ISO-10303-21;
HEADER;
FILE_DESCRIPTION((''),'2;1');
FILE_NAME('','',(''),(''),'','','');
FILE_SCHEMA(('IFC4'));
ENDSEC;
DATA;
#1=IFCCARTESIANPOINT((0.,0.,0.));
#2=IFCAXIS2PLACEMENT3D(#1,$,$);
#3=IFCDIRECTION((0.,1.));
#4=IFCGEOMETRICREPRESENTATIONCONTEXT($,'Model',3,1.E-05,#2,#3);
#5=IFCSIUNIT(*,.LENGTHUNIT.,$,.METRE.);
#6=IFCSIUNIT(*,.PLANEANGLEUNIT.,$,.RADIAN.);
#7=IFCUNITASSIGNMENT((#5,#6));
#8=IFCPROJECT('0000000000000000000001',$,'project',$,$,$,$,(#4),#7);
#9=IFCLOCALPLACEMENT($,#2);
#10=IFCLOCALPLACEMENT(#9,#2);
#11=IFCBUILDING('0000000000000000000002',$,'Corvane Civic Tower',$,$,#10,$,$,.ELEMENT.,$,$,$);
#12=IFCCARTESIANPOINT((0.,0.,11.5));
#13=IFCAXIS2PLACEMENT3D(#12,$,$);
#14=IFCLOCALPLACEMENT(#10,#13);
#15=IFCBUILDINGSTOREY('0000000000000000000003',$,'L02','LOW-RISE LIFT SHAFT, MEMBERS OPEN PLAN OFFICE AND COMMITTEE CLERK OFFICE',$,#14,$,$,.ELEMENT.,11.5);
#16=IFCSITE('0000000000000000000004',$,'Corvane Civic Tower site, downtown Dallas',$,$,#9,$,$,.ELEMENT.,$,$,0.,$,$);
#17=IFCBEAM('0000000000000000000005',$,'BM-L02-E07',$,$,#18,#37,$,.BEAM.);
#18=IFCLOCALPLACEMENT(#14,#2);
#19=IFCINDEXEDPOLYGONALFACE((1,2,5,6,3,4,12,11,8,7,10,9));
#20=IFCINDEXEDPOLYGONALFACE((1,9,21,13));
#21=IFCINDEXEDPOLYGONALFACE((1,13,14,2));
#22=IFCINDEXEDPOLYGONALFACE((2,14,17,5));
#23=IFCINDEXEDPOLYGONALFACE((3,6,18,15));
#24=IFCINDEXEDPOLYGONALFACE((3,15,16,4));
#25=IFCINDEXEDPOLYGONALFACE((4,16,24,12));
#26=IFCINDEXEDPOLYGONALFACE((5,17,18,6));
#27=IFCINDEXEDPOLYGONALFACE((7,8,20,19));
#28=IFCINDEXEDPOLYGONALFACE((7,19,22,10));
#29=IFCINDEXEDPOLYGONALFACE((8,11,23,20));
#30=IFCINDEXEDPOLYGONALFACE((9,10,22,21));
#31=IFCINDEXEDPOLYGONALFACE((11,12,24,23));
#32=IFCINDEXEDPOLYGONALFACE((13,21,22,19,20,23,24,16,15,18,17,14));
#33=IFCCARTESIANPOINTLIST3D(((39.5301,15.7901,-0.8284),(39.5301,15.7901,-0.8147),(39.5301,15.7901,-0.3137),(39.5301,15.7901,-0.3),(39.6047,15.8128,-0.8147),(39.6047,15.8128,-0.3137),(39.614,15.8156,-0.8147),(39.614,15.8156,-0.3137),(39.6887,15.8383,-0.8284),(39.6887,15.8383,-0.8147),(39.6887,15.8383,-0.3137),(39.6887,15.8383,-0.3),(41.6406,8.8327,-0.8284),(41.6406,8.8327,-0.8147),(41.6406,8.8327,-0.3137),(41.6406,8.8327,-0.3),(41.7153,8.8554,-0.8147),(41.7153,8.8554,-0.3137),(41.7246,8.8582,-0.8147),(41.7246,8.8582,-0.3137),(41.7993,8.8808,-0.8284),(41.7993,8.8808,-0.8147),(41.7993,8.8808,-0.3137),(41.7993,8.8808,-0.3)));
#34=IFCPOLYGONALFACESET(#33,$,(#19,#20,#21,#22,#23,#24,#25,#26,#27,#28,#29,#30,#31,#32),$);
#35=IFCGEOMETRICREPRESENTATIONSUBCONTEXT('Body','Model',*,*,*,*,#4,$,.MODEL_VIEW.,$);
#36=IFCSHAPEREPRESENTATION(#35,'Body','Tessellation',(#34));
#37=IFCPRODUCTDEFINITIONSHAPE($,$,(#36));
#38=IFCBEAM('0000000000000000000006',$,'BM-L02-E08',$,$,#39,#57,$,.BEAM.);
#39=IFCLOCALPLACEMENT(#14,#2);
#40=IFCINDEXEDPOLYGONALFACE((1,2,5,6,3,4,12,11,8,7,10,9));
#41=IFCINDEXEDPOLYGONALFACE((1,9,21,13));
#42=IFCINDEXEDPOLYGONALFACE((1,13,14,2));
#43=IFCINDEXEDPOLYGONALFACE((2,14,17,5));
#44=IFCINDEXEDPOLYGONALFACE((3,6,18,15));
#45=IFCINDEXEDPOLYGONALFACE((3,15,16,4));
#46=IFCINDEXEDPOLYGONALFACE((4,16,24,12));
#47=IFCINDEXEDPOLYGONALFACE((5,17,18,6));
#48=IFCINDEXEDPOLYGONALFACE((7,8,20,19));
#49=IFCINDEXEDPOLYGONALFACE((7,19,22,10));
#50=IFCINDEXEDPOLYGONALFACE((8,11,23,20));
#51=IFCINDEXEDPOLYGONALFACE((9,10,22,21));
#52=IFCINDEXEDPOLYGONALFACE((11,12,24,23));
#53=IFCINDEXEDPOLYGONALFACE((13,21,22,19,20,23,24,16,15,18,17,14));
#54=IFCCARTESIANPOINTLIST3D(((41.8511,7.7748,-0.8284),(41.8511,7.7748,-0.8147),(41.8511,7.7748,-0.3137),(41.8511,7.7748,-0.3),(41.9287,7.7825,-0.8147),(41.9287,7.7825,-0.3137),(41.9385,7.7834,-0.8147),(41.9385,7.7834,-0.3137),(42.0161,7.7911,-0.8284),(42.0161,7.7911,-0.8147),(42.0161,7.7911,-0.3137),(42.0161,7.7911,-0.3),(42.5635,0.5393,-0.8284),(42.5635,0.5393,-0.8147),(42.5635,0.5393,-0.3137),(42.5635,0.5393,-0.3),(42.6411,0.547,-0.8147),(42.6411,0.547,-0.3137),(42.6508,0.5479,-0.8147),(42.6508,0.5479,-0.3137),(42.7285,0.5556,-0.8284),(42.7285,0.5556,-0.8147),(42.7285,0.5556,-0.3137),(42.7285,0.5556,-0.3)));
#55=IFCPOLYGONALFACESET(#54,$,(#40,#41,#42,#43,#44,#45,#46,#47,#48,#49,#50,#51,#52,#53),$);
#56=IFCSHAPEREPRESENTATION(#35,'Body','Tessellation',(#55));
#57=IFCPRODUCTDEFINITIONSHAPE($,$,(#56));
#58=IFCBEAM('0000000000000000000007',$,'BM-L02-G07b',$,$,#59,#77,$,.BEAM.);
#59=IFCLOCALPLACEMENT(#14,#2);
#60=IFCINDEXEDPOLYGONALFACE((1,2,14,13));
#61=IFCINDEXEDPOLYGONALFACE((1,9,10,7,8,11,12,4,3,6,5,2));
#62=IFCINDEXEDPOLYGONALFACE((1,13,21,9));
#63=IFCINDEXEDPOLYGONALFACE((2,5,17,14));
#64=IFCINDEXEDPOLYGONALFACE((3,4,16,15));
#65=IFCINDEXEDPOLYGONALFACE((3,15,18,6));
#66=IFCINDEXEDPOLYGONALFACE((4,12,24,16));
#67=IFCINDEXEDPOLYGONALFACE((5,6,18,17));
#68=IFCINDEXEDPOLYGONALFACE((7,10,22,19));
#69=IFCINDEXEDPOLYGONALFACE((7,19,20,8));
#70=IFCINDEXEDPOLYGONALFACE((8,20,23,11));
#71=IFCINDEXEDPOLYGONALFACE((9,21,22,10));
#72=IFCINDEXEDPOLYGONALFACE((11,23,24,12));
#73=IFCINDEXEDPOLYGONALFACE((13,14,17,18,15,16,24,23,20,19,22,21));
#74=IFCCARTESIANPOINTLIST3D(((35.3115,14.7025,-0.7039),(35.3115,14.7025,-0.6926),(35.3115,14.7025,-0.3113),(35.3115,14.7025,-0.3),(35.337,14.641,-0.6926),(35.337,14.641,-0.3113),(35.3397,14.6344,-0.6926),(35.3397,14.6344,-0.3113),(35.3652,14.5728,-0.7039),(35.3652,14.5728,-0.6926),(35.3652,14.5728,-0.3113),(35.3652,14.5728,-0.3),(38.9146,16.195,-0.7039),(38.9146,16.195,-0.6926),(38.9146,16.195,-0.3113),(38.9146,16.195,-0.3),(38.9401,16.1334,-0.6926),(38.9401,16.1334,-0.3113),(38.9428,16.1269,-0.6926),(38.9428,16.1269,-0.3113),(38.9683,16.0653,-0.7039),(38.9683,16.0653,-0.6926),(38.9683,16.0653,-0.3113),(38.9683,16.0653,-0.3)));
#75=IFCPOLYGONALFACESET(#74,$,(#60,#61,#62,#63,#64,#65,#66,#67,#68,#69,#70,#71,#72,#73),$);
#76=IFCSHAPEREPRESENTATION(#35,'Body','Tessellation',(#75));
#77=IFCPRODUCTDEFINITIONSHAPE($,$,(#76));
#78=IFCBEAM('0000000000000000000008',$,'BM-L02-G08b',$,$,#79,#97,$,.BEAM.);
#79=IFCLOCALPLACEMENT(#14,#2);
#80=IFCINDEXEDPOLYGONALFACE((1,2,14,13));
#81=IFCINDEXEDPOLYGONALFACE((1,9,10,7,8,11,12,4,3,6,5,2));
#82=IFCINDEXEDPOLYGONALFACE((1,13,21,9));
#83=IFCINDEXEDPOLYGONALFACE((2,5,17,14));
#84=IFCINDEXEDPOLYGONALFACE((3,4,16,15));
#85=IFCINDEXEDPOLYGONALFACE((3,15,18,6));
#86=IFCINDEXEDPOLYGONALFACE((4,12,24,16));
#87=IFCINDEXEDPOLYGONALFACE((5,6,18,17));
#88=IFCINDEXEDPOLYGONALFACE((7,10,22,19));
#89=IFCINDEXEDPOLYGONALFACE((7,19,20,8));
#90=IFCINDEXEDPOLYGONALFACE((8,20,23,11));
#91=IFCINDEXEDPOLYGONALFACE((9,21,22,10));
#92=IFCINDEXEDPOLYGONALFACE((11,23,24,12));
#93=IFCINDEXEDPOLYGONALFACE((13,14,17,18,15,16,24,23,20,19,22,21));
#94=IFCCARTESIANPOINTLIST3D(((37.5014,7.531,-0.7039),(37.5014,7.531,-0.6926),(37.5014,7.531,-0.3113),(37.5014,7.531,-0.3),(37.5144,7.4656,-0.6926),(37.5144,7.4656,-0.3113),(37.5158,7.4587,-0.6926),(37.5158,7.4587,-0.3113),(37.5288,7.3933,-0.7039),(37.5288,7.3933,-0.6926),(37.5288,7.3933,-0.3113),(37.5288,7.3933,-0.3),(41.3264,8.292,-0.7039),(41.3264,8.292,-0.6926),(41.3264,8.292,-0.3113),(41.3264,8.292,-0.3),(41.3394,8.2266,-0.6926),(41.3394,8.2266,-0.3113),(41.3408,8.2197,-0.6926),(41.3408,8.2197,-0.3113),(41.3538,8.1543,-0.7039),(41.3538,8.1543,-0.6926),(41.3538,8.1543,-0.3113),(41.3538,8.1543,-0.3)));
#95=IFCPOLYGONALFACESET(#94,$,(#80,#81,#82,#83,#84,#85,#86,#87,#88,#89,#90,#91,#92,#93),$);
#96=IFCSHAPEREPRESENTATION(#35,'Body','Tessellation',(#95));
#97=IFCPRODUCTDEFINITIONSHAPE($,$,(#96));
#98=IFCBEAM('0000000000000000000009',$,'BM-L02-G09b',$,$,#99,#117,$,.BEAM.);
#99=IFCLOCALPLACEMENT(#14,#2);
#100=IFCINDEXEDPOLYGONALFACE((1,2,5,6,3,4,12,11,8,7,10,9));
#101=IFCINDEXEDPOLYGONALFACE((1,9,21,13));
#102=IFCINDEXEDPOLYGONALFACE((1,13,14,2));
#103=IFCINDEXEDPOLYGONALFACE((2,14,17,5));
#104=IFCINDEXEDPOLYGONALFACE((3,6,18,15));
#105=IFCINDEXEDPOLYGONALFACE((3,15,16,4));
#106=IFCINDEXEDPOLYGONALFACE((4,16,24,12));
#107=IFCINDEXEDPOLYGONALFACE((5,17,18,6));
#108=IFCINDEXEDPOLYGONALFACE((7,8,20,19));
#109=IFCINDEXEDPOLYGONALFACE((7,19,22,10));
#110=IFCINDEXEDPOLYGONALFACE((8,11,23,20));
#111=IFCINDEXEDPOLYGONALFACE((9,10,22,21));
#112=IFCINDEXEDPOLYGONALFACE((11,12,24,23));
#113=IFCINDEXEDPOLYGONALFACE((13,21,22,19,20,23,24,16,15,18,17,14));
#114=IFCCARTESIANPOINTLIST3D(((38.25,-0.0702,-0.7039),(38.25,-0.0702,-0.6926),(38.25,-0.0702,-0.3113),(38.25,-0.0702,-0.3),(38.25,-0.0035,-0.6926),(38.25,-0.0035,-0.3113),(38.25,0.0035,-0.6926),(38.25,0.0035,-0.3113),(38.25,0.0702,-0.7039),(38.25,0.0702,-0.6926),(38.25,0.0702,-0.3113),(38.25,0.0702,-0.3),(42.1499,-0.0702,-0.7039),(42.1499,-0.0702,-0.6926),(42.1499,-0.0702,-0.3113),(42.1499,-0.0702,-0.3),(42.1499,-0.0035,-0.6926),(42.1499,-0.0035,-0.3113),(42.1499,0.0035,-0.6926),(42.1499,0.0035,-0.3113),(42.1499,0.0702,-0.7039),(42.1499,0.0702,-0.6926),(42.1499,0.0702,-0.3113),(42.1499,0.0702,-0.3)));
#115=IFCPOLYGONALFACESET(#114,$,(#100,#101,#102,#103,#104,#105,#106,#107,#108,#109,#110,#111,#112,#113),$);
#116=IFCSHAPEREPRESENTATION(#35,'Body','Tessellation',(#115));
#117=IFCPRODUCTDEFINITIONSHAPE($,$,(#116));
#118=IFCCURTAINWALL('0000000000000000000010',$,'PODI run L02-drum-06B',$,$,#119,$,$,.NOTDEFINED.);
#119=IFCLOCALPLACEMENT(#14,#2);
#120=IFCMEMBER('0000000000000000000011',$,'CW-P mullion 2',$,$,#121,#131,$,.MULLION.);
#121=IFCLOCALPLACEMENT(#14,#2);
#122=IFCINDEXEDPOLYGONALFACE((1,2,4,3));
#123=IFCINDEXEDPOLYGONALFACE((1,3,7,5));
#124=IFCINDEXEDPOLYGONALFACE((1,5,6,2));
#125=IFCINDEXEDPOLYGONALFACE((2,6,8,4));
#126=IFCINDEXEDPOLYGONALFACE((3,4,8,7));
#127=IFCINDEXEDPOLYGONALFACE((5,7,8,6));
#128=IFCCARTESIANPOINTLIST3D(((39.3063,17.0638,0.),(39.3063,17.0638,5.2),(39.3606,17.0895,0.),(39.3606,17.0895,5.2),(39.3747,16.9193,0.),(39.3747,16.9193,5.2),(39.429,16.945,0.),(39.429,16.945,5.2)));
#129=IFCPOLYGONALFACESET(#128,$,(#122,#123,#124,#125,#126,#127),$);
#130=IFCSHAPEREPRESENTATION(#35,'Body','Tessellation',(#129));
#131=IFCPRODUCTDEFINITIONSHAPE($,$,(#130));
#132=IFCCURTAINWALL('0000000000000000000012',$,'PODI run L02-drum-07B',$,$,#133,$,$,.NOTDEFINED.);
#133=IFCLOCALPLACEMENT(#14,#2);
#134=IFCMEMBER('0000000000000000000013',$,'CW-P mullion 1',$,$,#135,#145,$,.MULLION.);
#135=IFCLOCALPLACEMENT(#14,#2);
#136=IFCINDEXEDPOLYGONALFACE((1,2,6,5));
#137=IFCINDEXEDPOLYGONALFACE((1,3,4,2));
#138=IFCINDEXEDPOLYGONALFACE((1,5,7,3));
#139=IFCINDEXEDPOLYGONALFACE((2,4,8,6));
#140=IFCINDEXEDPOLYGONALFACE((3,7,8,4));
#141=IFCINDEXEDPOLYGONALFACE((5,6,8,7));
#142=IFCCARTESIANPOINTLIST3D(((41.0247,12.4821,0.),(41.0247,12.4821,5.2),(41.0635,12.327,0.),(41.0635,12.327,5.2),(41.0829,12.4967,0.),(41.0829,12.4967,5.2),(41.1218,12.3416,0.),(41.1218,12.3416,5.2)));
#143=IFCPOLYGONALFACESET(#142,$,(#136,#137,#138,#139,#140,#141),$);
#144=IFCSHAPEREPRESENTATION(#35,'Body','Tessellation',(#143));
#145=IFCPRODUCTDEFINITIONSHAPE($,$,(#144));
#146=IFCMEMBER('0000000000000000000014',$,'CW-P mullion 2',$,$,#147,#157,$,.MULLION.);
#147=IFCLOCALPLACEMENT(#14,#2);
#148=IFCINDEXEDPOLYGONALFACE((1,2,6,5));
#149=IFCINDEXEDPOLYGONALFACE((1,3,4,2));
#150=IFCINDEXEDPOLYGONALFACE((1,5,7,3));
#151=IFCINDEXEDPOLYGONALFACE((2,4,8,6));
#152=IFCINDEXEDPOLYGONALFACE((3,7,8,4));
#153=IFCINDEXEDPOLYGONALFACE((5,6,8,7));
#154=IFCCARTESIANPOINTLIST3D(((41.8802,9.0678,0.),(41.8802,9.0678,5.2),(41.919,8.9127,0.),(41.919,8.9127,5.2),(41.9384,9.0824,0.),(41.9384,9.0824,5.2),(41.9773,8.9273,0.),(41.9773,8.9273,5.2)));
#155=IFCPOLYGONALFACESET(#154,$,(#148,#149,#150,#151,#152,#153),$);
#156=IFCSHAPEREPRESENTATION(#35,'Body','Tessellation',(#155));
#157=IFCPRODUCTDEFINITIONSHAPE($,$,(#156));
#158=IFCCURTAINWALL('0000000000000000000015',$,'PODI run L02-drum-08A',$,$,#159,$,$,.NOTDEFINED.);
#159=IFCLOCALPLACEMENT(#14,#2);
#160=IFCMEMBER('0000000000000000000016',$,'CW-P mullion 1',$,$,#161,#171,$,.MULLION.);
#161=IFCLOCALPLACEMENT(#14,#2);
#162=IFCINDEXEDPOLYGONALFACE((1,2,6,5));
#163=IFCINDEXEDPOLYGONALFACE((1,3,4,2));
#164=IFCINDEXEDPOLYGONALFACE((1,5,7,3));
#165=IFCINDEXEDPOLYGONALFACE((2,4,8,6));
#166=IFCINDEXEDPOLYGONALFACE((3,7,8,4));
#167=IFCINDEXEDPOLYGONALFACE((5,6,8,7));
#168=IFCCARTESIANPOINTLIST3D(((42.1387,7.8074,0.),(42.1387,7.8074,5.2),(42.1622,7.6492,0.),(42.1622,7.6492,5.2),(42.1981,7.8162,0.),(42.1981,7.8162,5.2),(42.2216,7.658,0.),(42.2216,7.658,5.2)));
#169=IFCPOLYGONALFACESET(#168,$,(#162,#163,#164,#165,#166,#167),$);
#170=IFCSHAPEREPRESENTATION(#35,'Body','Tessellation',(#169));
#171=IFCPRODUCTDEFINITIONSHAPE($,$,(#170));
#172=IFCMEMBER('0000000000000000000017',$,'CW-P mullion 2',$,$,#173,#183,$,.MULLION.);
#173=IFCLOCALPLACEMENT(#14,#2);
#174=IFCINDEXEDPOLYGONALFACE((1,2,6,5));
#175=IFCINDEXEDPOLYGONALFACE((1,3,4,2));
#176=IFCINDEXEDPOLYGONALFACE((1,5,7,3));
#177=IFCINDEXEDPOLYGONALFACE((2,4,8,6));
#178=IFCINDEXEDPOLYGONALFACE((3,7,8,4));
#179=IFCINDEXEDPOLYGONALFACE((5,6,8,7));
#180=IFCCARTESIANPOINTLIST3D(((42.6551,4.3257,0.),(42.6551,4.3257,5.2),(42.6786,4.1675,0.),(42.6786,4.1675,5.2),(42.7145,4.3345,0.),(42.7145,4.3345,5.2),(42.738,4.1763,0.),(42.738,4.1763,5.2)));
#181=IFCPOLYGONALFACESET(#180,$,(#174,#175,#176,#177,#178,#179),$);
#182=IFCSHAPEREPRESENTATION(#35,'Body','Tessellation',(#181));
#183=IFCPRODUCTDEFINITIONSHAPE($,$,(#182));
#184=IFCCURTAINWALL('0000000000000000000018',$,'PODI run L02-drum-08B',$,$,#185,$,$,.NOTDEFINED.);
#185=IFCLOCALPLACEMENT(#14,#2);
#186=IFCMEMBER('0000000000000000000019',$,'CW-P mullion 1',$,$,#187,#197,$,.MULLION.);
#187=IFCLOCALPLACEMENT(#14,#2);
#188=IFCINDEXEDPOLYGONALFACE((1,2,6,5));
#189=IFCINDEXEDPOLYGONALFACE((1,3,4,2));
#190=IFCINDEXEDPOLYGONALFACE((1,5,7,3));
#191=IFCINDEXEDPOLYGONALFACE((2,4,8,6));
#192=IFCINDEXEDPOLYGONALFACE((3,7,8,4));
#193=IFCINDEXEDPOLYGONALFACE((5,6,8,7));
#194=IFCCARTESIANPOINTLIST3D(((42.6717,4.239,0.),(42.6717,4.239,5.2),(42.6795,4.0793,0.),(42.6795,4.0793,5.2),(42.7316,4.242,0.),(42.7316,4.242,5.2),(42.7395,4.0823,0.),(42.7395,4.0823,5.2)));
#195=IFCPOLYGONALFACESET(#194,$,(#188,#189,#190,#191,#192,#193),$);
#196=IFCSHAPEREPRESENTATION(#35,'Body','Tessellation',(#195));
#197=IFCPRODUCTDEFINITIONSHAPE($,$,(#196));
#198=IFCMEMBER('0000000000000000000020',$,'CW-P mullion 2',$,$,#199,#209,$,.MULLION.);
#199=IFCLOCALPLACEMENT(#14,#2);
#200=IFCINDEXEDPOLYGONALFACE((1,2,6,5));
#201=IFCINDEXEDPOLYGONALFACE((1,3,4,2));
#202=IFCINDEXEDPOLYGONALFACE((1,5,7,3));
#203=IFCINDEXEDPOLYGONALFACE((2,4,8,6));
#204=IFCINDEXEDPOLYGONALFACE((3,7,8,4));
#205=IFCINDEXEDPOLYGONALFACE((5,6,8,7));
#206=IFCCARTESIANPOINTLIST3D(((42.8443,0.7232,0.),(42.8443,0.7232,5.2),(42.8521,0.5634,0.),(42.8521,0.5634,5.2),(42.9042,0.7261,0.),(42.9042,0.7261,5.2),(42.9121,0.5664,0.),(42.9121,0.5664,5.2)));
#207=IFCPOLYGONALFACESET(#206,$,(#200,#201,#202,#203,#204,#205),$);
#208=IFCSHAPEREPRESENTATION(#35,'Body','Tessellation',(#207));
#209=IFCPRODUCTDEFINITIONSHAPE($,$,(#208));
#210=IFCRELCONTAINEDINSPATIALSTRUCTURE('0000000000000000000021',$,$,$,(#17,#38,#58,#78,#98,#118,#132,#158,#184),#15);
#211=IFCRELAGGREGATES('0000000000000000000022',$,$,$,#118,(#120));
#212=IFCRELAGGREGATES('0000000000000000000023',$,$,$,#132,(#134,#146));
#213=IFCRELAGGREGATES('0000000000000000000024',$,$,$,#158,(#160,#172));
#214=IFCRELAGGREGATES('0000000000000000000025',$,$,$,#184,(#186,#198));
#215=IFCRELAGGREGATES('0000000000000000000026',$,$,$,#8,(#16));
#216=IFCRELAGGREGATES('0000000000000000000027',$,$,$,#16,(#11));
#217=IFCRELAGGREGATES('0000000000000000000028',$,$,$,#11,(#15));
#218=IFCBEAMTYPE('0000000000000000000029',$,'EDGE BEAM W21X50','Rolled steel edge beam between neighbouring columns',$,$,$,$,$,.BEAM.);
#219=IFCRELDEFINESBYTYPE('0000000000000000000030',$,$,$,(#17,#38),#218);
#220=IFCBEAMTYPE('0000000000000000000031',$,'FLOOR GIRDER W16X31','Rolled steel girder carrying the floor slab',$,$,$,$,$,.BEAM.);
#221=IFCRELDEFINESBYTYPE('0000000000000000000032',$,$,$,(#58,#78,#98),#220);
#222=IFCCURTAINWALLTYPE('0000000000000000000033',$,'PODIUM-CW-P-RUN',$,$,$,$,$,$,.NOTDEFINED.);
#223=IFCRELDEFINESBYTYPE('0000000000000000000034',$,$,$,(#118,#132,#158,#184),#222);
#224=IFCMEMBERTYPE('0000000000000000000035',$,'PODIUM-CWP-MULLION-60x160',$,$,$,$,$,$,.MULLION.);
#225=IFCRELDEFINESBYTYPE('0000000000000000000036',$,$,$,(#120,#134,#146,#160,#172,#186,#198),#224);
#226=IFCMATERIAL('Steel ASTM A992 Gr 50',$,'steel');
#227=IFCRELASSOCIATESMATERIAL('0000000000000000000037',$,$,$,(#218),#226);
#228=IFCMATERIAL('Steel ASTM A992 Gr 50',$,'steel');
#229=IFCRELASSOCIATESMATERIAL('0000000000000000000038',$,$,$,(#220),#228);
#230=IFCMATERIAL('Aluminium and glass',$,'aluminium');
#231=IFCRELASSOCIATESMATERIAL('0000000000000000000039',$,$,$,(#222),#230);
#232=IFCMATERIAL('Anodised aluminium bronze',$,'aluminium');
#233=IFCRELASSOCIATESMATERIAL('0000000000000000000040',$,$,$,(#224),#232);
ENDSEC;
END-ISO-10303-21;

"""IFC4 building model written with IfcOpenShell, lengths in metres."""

from ifc_helpers import new_model, si_unit, direction, frame, origin, origin_2d, place, context, subcontext, project, spatial, rectangle, i_section, extrude, material, material_profile, profile_set, type_object, element, aggregate, save


model = new_model("IFC4")

# Units and contexts
model_context = context("Model", 3, precision=1e-05, world=origin(), true_north=direction((0.0, 1.0)))
body_context = subcontext(model_context, "Body", "Model", "MODEL_VIEW")
ifc_project = project(units=[si_unit("LENGTHUNIT", "METRE"), si_unit("PLANEANGLEUNIT", "RADIAN")], contexts=[model_context])

# Site, building, storey
site_placement = place(None, origin())
site = spatial("IfcSite", under=ifc_project, at=site_placement, Name="Corvane Civic Tower site, downtown Dallas", CompositionType="ELEMENT", RefElevation=0.0)
building_placement = place(site_placement, origin())
building = spatial("IfcBuilding", under=site, at=building_placement, Name="Corvane Civic Tower", CompositionType="ELEMENT")
storey_placement = place(building_placement, frame((0.0, 0.0, 11.5)))
storey = spatial("IfcBuildingStorey", under=building, at=storey_placement, Name="L02", Description="LOW-RISE LIFT SHAFT, MEMBERS OPEN PLAN OFFICE AND COMMITTEE CLERK OFFICE", CompositionType="ELEMENT", Elevation=11.5)

# Beams
ifc_material_1 = material(Name="Steel ASTM A992 Gr 50", Category="steel")
ifc_material_profile_1 = material_profile(ifc_material_1, i_section(OverallWidth=0.1658, OverallDepth=0.5283, WebThickness=0.0098, FlangeThickness=0.0137, at=origin_2d()), Name="W21X50")
ifc_profile_set_1 = profile_set([ifc_material_profile_1], Name="Steel ASTM A992 Gr 50")
beam_type_1 = type_object("IfcBeamType", Name="EDGE BEAM W21X50", Description="Rolled steel edge beam between neighbouring columns", PredefinedType="BEAM", material=ifc_profile_set_1)
for number, where, z_axis, x_axis, name in (
    (1, (39.6094, 15.8142, -0.5642), (0.290292, -0.956938, 0.0), (0.956938, 0.290292, 0.0), "BM-L02-E07"),
    (2, (41.9336, 7.783, -0.5642), (0.097984, -0.995188, 0.0), (0.995188, 0.097984, 0.0), "BM-L02-E08"),
):
    element("IfcBeam", number, at=place(storey_placement, frame(where, z_axis=z_axis, x_axis=x_axis)), inside=storey, type_object=beam_type_1, Name=name, PredefinedType="BEAM", context=body_context, shape_type="SweptSolid", body=[
        extrude(i_section(OverallWidth=0.1658, OverallDepth=0.5283, WebThickness=0.0098, FlangeThickness=0.0137, at=origin_2d()), origin(), (0.0, 0.0, 1.0), 7.2705),
    ])
ifc_material_2 = material(Name="Steel ASTM A992 Gr 50", Category="steel")
ifc_material_profile_2 = material_profile(ifc_material_2, i_section(OverallWidth=0.1404, OverallDepth=0.4038, WebThickness=0.0071, FlangeThickness=0.0112, at=origin_2d()), Name="W16X31")
ifc_profile_set_2 = profile_set([ifc_material_profile_2], Name="Steel ASTM A992 Gr 50")
beam_type_2 = type_object("IfcBeamType", Name="FLOOR GIRDER W16X31", Description="Rolled steel girder carrying the floor slab", PredefinedType="BEAM", material=ifc_profile_set_2)
for number, where, z_axis, x_axis, name in (
    (3, (35.3384, 14.6377, -0.502), (0.923879, 0.382685, 0.0), (-0.382685, 0.923879, 0.0), "BM-L02-G07b"),
    (4, (37.5151, 7.4622, -0.502), (0.980778, 0.195129, 0.0), (-0.195129, 0.980778, 0.0), "BM-L02-G08b"),
    (5, (38.25, 0.0, -0.502), (1.0, 0.0, 0.0), (0.0, 1.0, 0.0), "BM-L02-G09b"),
):
    element("IfcBeam", number, at=place(storey_placement, frame(where, z_axis=z_axis, x_axis=x_axis)), inside=storey, type_object=beam_type_2, Name=name, PredefinedType="BEAM", context=body_context, shape_type="SweptSolid", body=[
        extrude(i_section(OverallWidth=0.1404, OverallDepth=0.4038, WebThickness=0.0071, FlangeThickness=0.0112, at=origin_2d()), origin(), (0.0, 0.0, 1.0), 3.8999),
    ])

# Curtain wall, member
ifc_material_3 = material(Name="Aluminium and glass", Category="aluminium")
curtain_wall_type = type_object("IfcCurtainWallType", Name="PODIUM-CW-P-RUN", PredefinedType="NOTDEFINED", material=ifc_material_3)
curtain_wall_1_placement = place(storey_placement, origin())
curtain_wall_1 = element("IfcCurtainWall", 6, at=curtain_wall_1_placement, inside=storey, type_object=curtain_wall_type, Name="PODI run L02-drum-06B", PredefinedType="NOTDEFINED")
ifc_material_4 = material(Name="Anodised aluminium bronze", Category="aluminium")
ifc_material_profile_3 = material_profile(ifc_material_4, rectangle(XDim=0.0601, YDim=0.1599, at=origin_2d()), Name="AL 60x160")
ifc_profile_set_3 = profile_set([ifc_material_profile_3], Name="Anodised aluminium bronze")
member_type_1 = type_object("IfcMemberType", Name="PODIUM-CWP-MULLION-60x160", PredefinedType="MULLION", material=ifc_profile_set_3)
member_1_placement = place(storey_placement, frame((39.3677, 17.0044, 0.0), z_axis=(0.0, 0.0, 1.0), x_axis=(0.90399, 0.427553, 0.0)))
member_1 = element("IfcMember", 7, at=member_1_placement, type_object=member_type_1, Name="CW-P mullion 2", PredefinedType="MULLION", context=body_context, shape_type="SweptSolid", body=[
    extrude(rectangle(XDim=0.0601, YDim=0.1599, at=origin_2d()), origin(), (0.0, 0.0, 1.0), 5.2),
])

# Curtain walls, members
curtain_wall_2_placement = place(storey_placement, origin())
curtain_wall_2 = element("IfcCurtainWall", 8, at=curtain_wall_2_placement, inside=storey, type_object=curtain_wall_type, Name="PODI run L02-drum-07B", PredefinedType="NOTDEFINED")
member_2_placement = place(storey_placement, frame((41.0732, 12.4119, 0.0), z_axis=(0.0, 0.0, 1.0), x_axis=(0.970024, 0.243009, 0.0)))
member_2 = element("IfcMember", 9, at=member_2_placement, type_object=member_type_1, Name="CW-P mullion 1", PredefinedType="MULLION", context=body_context, shape_type="SweptSolid", body=[
    extrude(rectangle(XDim=0.0601, YDim=0.1599, at=origin_2d()), origin(), (0.0, 0.0, 1.0), 5.2),
])
member_3_placement = place(storey_placement, frame((41.9287, 8.9976, 0.0), z_axis=(0.0, 0.0, 1.0), x_axis=(0.970024, 0.243009, 0.0)))
member_3 = element("IfcMember", 10, at=member_3_placement, type_object=member_type_1, Name="CW-P mullion 2", PredefinedType="MULLION", context=body_context, shape_type="SweptSolid", body=[
    extrude(rectangle(XDim=0.0601, YDim=0.1599, at=origin_2d()), origin(), (0.0, 0.0, 1.0), 5.2),
])
curtain_wall_3_placement = place(storey_placement, origin())
curtain_wall_3 = element("IfcCurtainWall", 11, at=curtain_wall_3_placement, inside=storey, type_object=curtain_wall_type, Name="PODI run L02-drum-08A", PredefinedType="NOTDEFINED")
member_4_placement = place(storey_placement, frame((42.1802, 7.7327, 0.0), z_axis=(0.0, 0.0, 1.0), x_axis=(0.989179, 0.146715, 0.0)))
member_4 = element("IfcMember", 12, at=member_4_placement, type_object=member_type_1, Name="CW-P mullion 1", PredefinedType="MULLION", context=body_context, shape_type="SweptSolid", body=[
    extrude(rectangle(XDim=0.0601, YDim=0.1599, at=origin_2d()), origin(), (0.0, 0.0, 1.0), 5.2),
])
member_5_placement = place(storey_placement, frame((42.6965, 4.251, 0.0), z_axis=(0.0, 0.0, 1.0), x_axis=(0.989179, 0.146715, 0.0)))
member_5 = element("IfcMember", 13, at=member_5_placement, type_object=member_type_1, Name="CW-P mullion 2", PredefinedType="MULLION", context=body_context, shape_type="SweptSolid", body=[
    extrude(rectangle(XDim=0.0601, YDim=0.1599, at=origin_2d()), origin(), (0.0, 0.0, 1.0), 5.2),
])
curtain_wall_4_placement = place(storey_placement, origin())
curtain_wall_4 = element("IfcCurtainWall", 14, at=curtain_wall_4_placement, inside=storey, type_object=curtain_wall_type, Name="PODI run L02-drum-08B", PredefinedType="NOTDEFINED")
member_6_placement = place(storey_placement, frame((42.7056, 4.1606, 0.0), z_axis=(0.0, 0.0, 1.0), x_axis=(0.998796, 0.04905, 0.0)))
member_6 = element("IfcMember", 15, at=member_6_placement, type_object=member_type_1, Name="CW-P mullion 1", PredefinedType="MULLION", context=body_context, shape_type="SweptSolid", body=[
    extrude(rectangle(XDim=0.0601, YDim=0.1599, at=origin_2d()), origin(), (0.0, 0.0, 1.0), 5.2),
])
member_7_placement = place(storey_placement, frame((42.8782, 0.6448, 0.0), z_axis=(0.0, 0.0, 1.0), x_axis=(0.998796, 0.04905, 0.0)))
member_7 = element("IfcMember", 16, at=member_7_placement, type_object=member_type_1, Name="CW-P mullion 2", PredefinedType="MULLION", context=body_context, shape_type="SweptSolid", body=[
    extrude(rectangle(XDim=0.0601, YDim=0.1599, at=origin_2d()), origin(), (0.0, 0.0, 1.0), 5.2),
])

aggregate(curtain_wall_1, [member_1])
aggregate(curtain_wall_2, [member_2, member_3])
aggregate(curtain_wall_3, [member_4, member_5])
aggregate(curtain_wall_4, [member_6, member_7])

save(model, "model.ifc")
